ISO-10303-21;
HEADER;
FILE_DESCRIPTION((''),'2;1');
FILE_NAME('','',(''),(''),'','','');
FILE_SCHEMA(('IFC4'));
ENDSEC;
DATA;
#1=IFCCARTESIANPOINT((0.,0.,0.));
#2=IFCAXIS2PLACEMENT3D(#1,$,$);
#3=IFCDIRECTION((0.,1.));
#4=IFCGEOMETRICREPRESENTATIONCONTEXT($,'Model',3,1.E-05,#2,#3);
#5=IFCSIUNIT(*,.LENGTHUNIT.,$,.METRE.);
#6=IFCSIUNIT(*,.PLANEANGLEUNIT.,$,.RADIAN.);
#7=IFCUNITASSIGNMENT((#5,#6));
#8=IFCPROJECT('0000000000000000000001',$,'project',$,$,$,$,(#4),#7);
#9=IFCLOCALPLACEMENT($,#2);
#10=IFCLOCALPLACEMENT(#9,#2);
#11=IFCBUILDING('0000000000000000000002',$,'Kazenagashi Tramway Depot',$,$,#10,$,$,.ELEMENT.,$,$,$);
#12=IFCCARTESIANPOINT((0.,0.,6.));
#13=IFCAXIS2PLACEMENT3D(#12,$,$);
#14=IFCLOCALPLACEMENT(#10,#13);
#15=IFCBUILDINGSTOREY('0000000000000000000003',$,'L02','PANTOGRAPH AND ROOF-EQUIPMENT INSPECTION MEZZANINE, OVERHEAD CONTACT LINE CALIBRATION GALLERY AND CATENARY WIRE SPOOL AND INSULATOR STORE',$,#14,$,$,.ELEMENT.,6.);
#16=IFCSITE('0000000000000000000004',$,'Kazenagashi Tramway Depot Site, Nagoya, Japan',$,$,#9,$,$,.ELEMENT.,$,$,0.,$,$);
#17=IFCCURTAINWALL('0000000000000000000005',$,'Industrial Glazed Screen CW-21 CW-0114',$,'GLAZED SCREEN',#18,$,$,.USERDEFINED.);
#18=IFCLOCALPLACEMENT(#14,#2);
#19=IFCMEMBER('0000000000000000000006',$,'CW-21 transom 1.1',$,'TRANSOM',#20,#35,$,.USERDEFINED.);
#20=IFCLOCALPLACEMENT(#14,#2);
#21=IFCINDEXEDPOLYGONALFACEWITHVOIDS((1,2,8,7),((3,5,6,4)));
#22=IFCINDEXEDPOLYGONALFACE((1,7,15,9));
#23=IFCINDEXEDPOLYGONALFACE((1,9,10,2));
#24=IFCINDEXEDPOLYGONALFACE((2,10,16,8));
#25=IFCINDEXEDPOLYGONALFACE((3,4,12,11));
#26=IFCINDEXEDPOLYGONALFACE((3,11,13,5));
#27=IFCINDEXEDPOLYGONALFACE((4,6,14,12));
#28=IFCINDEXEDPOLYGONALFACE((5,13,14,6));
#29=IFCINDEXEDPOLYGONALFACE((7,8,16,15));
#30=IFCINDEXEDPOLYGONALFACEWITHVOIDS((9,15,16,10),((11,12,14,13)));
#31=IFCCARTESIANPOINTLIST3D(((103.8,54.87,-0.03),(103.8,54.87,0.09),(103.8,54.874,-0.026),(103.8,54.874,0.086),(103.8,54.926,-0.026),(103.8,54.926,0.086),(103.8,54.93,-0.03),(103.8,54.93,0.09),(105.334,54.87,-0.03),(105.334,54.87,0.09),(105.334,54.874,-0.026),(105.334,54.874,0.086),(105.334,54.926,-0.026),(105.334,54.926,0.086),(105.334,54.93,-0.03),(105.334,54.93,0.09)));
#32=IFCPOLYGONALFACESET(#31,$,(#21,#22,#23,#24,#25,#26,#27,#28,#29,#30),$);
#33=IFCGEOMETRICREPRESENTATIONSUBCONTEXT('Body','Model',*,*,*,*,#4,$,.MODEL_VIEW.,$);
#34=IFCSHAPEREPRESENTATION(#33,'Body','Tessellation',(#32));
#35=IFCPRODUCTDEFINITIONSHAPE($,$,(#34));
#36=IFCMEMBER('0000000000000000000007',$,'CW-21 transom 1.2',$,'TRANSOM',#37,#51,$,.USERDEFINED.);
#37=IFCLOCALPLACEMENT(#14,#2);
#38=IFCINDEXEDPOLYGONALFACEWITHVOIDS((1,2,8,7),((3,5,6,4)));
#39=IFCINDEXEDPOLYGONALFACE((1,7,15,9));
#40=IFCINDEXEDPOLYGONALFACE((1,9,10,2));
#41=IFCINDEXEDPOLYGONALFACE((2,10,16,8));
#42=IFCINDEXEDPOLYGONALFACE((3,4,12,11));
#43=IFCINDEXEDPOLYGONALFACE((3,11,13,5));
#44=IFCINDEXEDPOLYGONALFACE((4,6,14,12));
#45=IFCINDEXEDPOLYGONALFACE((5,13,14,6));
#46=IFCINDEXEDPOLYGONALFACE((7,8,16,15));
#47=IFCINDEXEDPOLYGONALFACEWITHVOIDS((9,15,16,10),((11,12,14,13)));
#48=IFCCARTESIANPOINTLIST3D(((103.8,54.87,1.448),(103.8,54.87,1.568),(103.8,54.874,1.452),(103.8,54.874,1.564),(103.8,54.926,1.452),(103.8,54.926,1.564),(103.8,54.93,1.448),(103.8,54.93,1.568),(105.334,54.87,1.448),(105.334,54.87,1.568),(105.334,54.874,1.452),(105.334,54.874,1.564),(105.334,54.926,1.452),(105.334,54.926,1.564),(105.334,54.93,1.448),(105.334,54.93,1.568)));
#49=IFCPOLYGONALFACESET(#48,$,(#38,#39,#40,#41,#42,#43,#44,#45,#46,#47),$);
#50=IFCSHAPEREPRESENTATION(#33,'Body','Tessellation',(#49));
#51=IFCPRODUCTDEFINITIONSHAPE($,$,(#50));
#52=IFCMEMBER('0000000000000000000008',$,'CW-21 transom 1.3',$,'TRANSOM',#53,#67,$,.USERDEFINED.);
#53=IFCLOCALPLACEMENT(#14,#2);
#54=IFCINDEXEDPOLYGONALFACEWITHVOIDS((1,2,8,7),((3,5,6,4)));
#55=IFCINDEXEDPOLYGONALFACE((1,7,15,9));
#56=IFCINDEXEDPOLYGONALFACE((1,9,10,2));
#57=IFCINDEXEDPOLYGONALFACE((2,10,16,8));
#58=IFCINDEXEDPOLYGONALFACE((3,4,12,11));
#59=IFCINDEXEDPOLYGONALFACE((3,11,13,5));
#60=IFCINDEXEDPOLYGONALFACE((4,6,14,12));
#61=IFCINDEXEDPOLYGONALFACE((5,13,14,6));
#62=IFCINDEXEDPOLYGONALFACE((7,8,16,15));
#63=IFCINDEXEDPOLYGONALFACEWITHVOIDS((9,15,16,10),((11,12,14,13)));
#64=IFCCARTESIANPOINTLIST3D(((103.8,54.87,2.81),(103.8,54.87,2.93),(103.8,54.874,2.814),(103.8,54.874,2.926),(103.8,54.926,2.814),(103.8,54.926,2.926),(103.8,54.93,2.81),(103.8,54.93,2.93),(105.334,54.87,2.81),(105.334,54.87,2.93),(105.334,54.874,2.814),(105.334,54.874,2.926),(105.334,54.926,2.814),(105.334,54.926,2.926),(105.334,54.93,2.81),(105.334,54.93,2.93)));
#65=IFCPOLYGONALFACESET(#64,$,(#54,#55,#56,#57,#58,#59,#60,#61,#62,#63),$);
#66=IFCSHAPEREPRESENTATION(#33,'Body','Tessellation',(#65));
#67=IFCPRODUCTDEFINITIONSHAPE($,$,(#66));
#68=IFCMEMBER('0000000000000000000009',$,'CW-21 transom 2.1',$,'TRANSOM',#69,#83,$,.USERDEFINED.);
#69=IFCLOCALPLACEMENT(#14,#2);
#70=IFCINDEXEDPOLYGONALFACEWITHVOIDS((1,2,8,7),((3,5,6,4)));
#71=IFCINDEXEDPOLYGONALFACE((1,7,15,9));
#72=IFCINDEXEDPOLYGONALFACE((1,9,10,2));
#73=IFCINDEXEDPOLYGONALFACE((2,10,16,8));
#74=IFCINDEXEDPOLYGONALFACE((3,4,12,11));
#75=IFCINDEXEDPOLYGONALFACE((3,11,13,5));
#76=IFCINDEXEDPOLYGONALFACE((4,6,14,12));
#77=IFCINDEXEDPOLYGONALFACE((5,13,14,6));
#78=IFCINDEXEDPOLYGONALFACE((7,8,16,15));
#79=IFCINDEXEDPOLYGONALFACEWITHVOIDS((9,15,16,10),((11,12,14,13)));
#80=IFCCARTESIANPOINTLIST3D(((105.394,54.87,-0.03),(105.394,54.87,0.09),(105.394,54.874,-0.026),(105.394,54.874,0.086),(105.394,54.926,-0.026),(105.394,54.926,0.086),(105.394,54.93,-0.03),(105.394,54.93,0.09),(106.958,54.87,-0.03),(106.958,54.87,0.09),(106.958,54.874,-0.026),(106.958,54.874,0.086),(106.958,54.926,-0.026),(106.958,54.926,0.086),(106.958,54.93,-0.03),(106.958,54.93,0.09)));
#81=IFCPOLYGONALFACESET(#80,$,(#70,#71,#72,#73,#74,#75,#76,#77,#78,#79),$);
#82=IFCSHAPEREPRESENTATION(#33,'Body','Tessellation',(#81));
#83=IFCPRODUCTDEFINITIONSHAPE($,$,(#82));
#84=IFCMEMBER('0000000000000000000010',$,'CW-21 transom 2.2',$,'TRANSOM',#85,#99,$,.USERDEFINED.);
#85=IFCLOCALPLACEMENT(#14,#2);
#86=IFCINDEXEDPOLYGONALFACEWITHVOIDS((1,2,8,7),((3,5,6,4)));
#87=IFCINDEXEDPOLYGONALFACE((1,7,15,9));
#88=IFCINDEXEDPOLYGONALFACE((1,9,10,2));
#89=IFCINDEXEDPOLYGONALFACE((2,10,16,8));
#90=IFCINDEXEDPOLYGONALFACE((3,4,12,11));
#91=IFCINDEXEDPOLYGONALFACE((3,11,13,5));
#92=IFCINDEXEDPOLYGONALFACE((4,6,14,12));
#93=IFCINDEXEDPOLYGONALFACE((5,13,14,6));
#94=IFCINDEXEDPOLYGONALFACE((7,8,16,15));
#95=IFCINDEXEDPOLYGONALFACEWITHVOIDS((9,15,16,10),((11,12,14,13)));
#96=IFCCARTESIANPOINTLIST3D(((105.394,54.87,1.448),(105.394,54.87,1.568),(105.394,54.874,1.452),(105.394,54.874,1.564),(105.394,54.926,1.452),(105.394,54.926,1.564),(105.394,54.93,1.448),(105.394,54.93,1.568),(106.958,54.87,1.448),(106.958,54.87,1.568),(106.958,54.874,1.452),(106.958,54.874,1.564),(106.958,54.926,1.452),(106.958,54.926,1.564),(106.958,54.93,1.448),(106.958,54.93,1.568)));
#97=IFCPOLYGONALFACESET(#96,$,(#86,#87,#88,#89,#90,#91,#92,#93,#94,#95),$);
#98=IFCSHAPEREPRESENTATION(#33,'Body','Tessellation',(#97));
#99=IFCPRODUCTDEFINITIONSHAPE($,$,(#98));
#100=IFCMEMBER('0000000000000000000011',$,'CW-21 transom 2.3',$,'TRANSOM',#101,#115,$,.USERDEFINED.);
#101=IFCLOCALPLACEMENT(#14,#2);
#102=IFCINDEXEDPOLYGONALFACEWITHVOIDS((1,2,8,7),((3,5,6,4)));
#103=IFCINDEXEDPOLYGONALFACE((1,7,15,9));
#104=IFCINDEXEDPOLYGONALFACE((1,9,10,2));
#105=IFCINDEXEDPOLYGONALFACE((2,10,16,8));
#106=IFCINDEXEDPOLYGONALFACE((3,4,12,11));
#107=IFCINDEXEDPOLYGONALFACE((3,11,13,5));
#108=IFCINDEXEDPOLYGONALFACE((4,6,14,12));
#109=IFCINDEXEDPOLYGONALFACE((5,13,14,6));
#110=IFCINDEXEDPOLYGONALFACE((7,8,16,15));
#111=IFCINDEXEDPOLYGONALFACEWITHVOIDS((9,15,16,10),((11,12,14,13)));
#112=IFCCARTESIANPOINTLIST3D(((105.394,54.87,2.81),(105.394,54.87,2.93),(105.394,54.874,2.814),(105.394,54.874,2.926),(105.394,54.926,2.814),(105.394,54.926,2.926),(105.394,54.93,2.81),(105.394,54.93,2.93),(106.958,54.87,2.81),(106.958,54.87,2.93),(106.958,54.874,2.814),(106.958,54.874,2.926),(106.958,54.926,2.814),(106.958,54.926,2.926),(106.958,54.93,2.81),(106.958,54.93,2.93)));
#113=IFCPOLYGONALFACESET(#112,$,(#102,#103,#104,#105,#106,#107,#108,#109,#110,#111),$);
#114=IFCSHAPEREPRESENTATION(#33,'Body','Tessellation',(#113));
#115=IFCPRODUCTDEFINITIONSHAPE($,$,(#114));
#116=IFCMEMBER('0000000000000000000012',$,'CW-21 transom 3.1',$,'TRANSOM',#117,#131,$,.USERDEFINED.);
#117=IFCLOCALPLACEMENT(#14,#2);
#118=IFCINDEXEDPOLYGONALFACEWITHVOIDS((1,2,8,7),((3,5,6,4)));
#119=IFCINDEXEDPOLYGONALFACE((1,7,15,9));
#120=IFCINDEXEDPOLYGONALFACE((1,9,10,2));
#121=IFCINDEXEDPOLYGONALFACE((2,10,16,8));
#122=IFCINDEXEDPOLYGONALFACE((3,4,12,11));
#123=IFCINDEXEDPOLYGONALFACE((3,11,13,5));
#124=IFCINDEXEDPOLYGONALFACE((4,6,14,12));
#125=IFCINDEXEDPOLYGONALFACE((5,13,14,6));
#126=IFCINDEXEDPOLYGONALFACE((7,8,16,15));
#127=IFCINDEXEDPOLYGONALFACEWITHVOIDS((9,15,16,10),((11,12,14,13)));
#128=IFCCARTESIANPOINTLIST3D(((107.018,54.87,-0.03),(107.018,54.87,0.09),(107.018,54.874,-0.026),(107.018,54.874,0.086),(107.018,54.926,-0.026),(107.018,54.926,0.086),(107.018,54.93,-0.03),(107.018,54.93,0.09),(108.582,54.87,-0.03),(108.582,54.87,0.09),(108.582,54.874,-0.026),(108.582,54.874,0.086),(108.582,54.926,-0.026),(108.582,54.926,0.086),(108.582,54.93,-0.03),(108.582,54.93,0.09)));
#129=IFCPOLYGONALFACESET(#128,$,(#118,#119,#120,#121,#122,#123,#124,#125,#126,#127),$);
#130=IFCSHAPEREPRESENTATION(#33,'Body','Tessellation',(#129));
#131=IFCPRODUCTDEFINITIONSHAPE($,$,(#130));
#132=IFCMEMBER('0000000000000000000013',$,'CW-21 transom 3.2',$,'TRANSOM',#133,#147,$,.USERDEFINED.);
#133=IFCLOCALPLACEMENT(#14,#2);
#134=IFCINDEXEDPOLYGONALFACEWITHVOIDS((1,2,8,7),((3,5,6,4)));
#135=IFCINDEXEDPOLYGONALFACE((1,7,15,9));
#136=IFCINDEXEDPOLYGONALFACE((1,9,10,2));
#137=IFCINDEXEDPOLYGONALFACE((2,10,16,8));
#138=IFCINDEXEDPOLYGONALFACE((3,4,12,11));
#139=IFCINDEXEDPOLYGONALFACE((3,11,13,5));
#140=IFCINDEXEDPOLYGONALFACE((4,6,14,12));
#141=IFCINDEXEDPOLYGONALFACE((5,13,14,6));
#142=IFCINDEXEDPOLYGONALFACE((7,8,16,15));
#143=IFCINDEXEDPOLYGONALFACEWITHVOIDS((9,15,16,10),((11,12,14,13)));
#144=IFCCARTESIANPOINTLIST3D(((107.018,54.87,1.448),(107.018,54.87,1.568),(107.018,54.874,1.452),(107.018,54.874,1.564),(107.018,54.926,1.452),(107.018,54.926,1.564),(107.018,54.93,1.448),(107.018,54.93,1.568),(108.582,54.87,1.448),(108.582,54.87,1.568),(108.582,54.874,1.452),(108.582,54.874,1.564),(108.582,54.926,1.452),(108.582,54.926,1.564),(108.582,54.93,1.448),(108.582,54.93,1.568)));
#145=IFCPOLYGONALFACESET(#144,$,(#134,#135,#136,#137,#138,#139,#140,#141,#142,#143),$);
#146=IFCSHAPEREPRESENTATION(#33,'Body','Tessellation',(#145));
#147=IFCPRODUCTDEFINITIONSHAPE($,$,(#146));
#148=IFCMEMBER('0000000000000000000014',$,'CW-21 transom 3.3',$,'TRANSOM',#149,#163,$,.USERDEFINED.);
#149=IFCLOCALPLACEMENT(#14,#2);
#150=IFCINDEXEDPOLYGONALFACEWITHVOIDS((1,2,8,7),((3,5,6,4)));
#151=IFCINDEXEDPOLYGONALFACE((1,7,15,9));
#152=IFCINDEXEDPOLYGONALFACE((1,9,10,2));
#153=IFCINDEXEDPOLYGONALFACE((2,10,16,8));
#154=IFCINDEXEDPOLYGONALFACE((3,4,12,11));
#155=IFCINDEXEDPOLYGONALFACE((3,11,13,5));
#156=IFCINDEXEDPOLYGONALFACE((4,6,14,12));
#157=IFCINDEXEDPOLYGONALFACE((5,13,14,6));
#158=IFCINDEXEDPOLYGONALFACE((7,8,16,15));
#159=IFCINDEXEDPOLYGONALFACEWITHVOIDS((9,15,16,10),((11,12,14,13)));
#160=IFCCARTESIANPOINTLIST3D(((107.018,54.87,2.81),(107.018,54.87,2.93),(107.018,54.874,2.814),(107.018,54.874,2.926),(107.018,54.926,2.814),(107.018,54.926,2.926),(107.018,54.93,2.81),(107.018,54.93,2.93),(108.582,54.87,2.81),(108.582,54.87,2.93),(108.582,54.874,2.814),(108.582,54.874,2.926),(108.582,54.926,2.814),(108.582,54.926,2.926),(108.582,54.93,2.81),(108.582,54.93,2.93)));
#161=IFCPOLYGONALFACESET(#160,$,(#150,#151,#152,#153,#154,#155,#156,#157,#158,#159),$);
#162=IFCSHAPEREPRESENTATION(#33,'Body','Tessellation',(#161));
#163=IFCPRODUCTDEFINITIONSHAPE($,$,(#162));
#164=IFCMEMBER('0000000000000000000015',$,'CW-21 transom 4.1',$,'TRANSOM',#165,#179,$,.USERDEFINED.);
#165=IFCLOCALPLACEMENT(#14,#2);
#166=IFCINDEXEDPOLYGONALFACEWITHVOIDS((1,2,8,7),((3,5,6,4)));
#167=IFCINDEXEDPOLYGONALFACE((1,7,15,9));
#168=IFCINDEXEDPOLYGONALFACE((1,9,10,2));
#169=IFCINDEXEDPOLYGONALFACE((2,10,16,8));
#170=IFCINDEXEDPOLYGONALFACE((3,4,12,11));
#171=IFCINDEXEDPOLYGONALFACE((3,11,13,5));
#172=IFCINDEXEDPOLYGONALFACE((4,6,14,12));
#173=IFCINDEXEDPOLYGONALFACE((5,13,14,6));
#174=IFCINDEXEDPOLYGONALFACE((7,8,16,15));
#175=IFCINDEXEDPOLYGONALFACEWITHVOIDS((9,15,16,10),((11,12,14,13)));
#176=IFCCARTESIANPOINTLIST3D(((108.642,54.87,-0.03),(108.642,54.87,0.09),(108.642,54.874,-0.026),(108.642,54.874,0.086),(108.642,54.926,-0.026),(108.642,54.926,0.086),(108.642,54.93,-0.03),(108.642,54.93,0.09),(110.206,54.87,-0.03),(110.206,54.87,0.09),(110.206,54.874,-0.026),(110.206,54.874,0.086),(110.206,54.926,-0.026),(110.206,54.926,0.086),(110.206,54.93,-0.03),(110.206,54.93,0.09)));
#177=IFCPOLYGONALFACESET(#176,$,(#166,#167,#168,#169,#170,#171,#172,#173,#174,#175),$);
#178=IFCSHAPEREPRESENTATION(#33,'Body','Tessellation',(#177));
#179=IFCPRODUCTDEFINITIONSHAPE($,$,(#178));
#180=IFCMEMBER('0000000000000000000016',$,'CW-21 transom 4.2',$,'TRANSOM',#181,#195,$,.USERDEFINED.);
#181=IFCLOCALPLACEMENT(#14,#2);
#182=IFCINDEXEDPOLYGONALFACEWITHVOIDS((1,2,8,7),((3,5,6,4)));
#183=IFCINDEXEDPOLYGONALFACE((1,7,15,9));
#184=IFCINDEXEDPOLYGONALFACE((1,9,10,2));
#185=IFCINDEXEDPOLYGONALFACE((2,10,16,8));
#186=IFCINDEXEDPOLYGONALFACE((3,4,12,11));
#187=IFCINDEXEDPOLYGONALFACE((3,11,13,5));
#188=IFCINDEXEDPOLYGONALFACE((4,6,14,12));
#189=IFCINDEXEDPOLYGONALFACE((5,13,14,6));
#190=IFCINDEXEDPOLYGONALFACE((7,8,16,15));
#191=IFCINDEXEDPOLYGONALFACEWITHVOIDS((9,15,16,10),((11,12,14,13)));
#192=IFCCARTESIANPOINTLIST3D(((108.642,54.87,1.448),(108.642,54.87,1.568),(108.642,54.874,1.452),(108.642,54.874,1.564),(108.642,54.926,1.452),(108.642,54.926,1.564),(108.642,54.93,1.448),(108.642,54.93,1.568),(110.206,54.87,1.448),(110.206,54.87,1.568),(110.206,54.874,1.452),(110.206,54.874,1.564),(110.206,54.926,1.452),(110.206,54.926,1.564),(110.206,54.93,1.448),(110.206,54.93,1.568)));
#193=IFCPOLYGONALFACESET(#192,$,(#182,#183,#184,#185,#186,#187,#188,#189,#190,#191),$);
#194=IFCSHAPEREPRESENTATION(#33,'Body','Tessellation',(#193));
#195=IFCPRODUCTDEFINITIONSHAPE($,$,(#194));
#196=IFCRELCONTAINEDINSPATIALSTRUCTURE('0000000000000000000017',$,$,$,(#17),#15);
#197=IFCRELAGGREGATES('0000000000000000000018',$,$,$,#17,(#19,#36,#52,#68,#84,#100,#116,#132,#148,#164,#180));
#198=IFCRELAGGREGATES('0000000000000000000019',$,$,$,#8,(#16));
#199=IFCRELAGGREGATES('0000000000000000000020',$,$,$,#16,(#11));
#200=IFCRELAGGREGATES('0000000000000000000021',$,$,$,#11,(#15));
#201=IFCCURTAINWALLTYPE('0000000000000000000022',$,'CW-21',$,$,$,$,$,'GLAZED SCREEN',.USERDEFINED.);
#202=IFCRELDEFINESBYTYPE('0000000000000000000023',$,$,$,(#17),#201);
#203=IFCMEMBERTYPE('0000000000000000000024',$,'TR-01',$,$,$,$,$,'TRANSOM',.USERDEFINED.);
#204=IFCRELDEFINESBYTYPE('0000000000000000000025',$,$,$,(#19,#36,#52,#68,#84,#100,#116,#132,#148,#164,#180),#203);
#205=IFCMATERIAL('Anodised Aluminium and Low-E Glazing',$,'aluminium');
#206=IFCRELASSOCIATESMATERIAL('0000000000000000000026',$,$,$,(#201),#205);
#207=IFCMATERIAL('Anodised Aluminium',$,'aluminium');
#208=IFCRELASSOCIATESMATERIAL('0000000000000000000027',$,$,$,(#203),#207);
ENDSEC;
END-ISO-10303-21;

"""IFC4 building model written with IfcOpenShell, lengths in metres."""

from ifc_helpers import new_model, si_unit, direction, frame, origin, origin_2d, place, context, subcontext, project, spatial, hollow_rectangle, extrude, material, material_profile, profile_set, type_object, element, aggregate, save


model = new_model("IFC4")

# Units and contexts
model_context = context("Model", 3, precision=1e-05, world=origin(), true_north=direction((0.0, 1.0)))
body_context = subcontext(model_context, "Body", "Model", "MODEL_VIEW")
ifc_project = project(units=[si_unit("LENGTHUNIT", "METRE"), si_unit("PLANEANGLEUNIT", "RADIAN")], contexts=[model_context])

# Site, building, storey
site_placement = place(None, origin())
site = spatial("IfcSite", under=ifc_project, at=site_placement, Name="Kazenagashi Tramway Depot Site, Nagoya, Japan", CompositionType="ELEMENT", RefElevation=0.0)
building_placement = place(site_placement, origin())
building = spatial("IfcBuilding", under=site, at=building_placement, Name="Kazenagashi Tramway Depot", CompositionType="ELEMENT")
storey_placement = place(building_placement, frame((0.0, 0.0, 6.0)))
storey = spatial("IfcBuildingStorey", under=building, at=storey_placement, Name="L02", Description="PANTOGRAPH AND ROOF-EQUIPMENT INSPECTION MEZZANINE, OVERHEAD CONTACT LINE CALIBRATION GALLERY AND CATENARY WIRE SPOOL AND INSULATOR STORE", CompositionType="ELEMENT", Elevation=6.0)

# Shared definitions
ifc_material_1 = material(Name="Anodised Aluminium and Low-E Glazing", Category="aluminium")
curtain_wall_type = type_object("IfcCurtainWallType", Name="CW-21", ElementType="GLAZED SCREEN", PredefinedType="USERDEFINED", material=ifc_material_1)
ifc_material_2 = material(Name="Anodised Aluminium", Category="aluminium")

# Curtain wall
curtain_wall_1_placement = place(storey_placement, origin())
curtain_wall_1 = element("IfcCurtainWall", 1, at=curtain_wall_1_placement, inside=storey, type_object=curtain_wall_type, Name="Industrial Glazed Screen CW-21 CW-0114", ObjectType="GLAZED SCREEN", PredefinedType="USERDEFINED")

# Members
ifc_material_profile_1 = material_profile(ifc_material_2, hollow_rectangle(XDim=0.06, YDim=0.12, WallThickness=0.004, at=origin_2d()), Name="RHS-120x60x4")
ifc_profile_set_1 = profile_set([ifc_material_profile_1], Name="Anodised Aluminium")
member_type_1 = type_object("IfcMemberType", Name="TR-01", ElementType="TRANSOM", PredefinedType="USERDEFINED", material=ifc_profile_set_1)
member_1_placement = place(storey_placement, frame((103.8, 54.9, 0.03), z_axis=(1.0, 0.0, 0.0), x_axis=(0.0, 1.0, 0.0)))
member_1 = element("IfcMember", 2, at=member_1_placement, type_object=member_type_1, Name="CW-21 transom 1.1", ObjectType="TRANSOM", PredefinedType="USERDEFINED", context=body_context, shape_type="SweptSolid", body=[
    extrude(hollow_rectangle(XDim=0.06, YDim=0.12, WallThickness=0.004, at=origin_2d()), origin(), (0.0, 0.0, 1.0), 1.534),
])
member_2_placement = place(storey_placement, frame((103.8, 54.9, 1.508), z_axis=(1.0, 0.0, 0.0), x_axis=(0.0, 1.0, 0.0)))
member_2 = element("IfcMember", 3, at=member_2_placement, type_object=member_type_1, Name="CW-21 transom 1.2", ObjectType="TRANSOM", PredefinedType="USERDEFINED", context=body_context, shape_type="SweptSolid", body=[
    extrude(hollow_rectangle(XDim=0.06, YDim=0.12, WallThickness=0.004, at=origin_2d()), origin(), (0.0, 0.0, 1.0), 1.534),
])
member_3_placement = place(storey_placement, frame((103.8, 54.9, 2.87), z_axis=(1.0, 0.0, 0.0), x_axis=(0.0, 1.0, 0.0)))
member_3 = element("IfcMember", 4, at=member_3_placement, type_object=member_type_1, Name="CW-21 transom 1.3", ObjectType="TRANSOM", PredefinedType="USERDEFINED", context=body_context, shape_type="SweptSolid", body=[
    extrude(hollow_rectangle(XDim=0.06, YDim=0.12, WallThickness=0.004, at=origin_2d()), origin(), (0.0, 0.0, 1.0), 1.534),
])
member_4_placement = place(storey_placement, frame((105.394, 54.9, 0.03), z_axis=(1.0, 0.0, 0.0), x_axis=(0.0, 1.0, 0.0)))
member_4 = element("IfcMember", 5, at=member_4_placement, type_object=member_type_1, Name="CW-21 transom 2.1", ObjectType="TRANSOM", PredefinedType="USERDEFINED", context=body_context, shape_type="SweptSolid", body=[
    extrude(hollow_rectangle(XDim=0.06, YDim=0.12, WallThickness=0.004, at=origin_2d()), origin(), (0.0, 0.0, 1.0), 1.564),
])
member_5_placement = place(storey_placement, frame((105.394, 54.9, 1.508), z_axis=(1.0, 0.0, 0.0), x_axis=(0.0, 1.0, 0.0)))
member_5 = element("IfcMember", 6, at=member_5_placement, type_object=member_type_1, Name="CW-21 transom 2.2", ObjectType="TRANSOM", PredefinedType="USERDEFINED", context=body_context, shape_type="SweptSolid", body=[
    extrude(hollow_rectangle(XDim=0.06, YDim=0.12, WallThickness=0.004, at=origin_2d()), origin(), (0.0, 0.0, 1.0), 1.564),
])
member_6_placement = place(storey_placement, frame((105.394, 54.9, 2.87), z_axis=(1.0, 0.0, 0.0), x_axis=(0.0, 1.0, 0.0)))
member_6 = element("IfcMember", 7, at=member_6_placement, type_object=member_type_1, Name="CW-21 transom 2.3", ObjectType="TRANSOM", PredefinedType="USERDEFINED", context=body_context, shape_type="SweptSolid", body=[
    extrude(hollow_rectangle(XDim=0.06, YDim=0.12, WallThickness=0.004, at=origin_2d()), origin(), (0.0, 0.0, 1.0), 1.564),
])
member_7_placement = place(storey_placement, frame((107.018, 54.9, 0.03), z_axis=(1.0, 0.0, 0.0), x_axis=(0.0, 1.0, 0.0)))
member_7 = element("IfcMember", 8, at=member_7_placement, type_object=member_type_1, Name="CW-21 transom 3.1", ObjectType="TRANSOM", PredefinedType="USERDEFINED", context=body_context, shape_type="SweptSolid", body=[
    extrude(hollow_rectangle(XDim=0.06, YDim=0.12, WallThickness=0.004, at=origin_2d()), origin(), (0.0, 0.0, 1.0), 1.564),
])
member_8_placement = place(storey_placement, frame((107.018, 54.9, 1.508), z_axis=(1.0, 0.0, 0.0), x_axis=(0.0, 1.0, 0.0)))
member_8 = element("IfcMember", 9, at=member_8_placement, type_object=member_type_1, Name="CW-21 transom 3.2", ObjectType="TRANSOM", PredefinedType="USERDEFINED", context=body_context, shape_type="SweptSolid", body=[
    extrude(hollow_rectangle(XDim=0.06, YDim=0.12, WallThickness=0.004, at=origin_2d()), origin(), (0.0, 0.0, 1.0), 1.564),
])
member_9_placement = place(storey_placement, frame((107.018, 54.9, 2.87), z_axis=(1.0, 0.0, 0.0), x_axis=(0.0, 1.0, 0.0)))
member_9 = element("IfcMember", 10, at=member_9_placement, type_object=member_type_1, Name="CW-21 transom 3.3", ObjectType="TRANSOM", PredefinedType="USERDEFINED", context=body_context, shape_type="SweptSolid", body=[
    extrude(hollow_rectangle(XDim=0.06, YDim=0.12, WallThickness=0.004, at=origin_2d()), origin(), (0.0, 0.0, 1.0), 1.564),
])
member_10_placement = place(storey_placement, frame((108.642, 54.9, 0.03), z_axis=(1.0, 0.0, 0.0), x_axis=(0.0, 1.0, 0.0)))
member_10 = element("IfcMember", 11, at=member_10_placement, type_object=member_type_1, Name="CW-21 transom 4.1", ObjectType="TRANSOM", PredefinedType="USERDEFINED", context=body_context, shape_type="SweptSolid", body=[
    extrude(hollow_rectangle(XDim=0.06, YDim=0.12, WallThickness=0.004, at=origin_2d()), origin(), (0.0, 0.0, 1.0), 1.564),
])
member_11_placement = place(storey_placement, frame((108.642, 54.9, 1.508), z_axis=(1.0, 0.0, 0.0), x_axis=(0.0, 1.0, 0.0)))
member_11 = element("IfcMember", 12, at=member_11_placement, type_object=member_type_1, Name="CW-21 transom 4.2", ObjectType="TRANSOM", PredefinedType="USERDEFINED", context=body_context, shape_type="SweptSolid", body=[
    extrude(hollow_rectangle(XDim=0.06, YDim=0.12, WallThickness=0.004, at=origin_2d()), origin(), (0.0, 0.0, 1.0), 1.564),
])

aggregate(curtain_wall_1, [member_1, member_2, member_3, member_4, member_5, member_6, member_7, member_8, member_9, member_10, member_11])

save(model, "model.ifc")
